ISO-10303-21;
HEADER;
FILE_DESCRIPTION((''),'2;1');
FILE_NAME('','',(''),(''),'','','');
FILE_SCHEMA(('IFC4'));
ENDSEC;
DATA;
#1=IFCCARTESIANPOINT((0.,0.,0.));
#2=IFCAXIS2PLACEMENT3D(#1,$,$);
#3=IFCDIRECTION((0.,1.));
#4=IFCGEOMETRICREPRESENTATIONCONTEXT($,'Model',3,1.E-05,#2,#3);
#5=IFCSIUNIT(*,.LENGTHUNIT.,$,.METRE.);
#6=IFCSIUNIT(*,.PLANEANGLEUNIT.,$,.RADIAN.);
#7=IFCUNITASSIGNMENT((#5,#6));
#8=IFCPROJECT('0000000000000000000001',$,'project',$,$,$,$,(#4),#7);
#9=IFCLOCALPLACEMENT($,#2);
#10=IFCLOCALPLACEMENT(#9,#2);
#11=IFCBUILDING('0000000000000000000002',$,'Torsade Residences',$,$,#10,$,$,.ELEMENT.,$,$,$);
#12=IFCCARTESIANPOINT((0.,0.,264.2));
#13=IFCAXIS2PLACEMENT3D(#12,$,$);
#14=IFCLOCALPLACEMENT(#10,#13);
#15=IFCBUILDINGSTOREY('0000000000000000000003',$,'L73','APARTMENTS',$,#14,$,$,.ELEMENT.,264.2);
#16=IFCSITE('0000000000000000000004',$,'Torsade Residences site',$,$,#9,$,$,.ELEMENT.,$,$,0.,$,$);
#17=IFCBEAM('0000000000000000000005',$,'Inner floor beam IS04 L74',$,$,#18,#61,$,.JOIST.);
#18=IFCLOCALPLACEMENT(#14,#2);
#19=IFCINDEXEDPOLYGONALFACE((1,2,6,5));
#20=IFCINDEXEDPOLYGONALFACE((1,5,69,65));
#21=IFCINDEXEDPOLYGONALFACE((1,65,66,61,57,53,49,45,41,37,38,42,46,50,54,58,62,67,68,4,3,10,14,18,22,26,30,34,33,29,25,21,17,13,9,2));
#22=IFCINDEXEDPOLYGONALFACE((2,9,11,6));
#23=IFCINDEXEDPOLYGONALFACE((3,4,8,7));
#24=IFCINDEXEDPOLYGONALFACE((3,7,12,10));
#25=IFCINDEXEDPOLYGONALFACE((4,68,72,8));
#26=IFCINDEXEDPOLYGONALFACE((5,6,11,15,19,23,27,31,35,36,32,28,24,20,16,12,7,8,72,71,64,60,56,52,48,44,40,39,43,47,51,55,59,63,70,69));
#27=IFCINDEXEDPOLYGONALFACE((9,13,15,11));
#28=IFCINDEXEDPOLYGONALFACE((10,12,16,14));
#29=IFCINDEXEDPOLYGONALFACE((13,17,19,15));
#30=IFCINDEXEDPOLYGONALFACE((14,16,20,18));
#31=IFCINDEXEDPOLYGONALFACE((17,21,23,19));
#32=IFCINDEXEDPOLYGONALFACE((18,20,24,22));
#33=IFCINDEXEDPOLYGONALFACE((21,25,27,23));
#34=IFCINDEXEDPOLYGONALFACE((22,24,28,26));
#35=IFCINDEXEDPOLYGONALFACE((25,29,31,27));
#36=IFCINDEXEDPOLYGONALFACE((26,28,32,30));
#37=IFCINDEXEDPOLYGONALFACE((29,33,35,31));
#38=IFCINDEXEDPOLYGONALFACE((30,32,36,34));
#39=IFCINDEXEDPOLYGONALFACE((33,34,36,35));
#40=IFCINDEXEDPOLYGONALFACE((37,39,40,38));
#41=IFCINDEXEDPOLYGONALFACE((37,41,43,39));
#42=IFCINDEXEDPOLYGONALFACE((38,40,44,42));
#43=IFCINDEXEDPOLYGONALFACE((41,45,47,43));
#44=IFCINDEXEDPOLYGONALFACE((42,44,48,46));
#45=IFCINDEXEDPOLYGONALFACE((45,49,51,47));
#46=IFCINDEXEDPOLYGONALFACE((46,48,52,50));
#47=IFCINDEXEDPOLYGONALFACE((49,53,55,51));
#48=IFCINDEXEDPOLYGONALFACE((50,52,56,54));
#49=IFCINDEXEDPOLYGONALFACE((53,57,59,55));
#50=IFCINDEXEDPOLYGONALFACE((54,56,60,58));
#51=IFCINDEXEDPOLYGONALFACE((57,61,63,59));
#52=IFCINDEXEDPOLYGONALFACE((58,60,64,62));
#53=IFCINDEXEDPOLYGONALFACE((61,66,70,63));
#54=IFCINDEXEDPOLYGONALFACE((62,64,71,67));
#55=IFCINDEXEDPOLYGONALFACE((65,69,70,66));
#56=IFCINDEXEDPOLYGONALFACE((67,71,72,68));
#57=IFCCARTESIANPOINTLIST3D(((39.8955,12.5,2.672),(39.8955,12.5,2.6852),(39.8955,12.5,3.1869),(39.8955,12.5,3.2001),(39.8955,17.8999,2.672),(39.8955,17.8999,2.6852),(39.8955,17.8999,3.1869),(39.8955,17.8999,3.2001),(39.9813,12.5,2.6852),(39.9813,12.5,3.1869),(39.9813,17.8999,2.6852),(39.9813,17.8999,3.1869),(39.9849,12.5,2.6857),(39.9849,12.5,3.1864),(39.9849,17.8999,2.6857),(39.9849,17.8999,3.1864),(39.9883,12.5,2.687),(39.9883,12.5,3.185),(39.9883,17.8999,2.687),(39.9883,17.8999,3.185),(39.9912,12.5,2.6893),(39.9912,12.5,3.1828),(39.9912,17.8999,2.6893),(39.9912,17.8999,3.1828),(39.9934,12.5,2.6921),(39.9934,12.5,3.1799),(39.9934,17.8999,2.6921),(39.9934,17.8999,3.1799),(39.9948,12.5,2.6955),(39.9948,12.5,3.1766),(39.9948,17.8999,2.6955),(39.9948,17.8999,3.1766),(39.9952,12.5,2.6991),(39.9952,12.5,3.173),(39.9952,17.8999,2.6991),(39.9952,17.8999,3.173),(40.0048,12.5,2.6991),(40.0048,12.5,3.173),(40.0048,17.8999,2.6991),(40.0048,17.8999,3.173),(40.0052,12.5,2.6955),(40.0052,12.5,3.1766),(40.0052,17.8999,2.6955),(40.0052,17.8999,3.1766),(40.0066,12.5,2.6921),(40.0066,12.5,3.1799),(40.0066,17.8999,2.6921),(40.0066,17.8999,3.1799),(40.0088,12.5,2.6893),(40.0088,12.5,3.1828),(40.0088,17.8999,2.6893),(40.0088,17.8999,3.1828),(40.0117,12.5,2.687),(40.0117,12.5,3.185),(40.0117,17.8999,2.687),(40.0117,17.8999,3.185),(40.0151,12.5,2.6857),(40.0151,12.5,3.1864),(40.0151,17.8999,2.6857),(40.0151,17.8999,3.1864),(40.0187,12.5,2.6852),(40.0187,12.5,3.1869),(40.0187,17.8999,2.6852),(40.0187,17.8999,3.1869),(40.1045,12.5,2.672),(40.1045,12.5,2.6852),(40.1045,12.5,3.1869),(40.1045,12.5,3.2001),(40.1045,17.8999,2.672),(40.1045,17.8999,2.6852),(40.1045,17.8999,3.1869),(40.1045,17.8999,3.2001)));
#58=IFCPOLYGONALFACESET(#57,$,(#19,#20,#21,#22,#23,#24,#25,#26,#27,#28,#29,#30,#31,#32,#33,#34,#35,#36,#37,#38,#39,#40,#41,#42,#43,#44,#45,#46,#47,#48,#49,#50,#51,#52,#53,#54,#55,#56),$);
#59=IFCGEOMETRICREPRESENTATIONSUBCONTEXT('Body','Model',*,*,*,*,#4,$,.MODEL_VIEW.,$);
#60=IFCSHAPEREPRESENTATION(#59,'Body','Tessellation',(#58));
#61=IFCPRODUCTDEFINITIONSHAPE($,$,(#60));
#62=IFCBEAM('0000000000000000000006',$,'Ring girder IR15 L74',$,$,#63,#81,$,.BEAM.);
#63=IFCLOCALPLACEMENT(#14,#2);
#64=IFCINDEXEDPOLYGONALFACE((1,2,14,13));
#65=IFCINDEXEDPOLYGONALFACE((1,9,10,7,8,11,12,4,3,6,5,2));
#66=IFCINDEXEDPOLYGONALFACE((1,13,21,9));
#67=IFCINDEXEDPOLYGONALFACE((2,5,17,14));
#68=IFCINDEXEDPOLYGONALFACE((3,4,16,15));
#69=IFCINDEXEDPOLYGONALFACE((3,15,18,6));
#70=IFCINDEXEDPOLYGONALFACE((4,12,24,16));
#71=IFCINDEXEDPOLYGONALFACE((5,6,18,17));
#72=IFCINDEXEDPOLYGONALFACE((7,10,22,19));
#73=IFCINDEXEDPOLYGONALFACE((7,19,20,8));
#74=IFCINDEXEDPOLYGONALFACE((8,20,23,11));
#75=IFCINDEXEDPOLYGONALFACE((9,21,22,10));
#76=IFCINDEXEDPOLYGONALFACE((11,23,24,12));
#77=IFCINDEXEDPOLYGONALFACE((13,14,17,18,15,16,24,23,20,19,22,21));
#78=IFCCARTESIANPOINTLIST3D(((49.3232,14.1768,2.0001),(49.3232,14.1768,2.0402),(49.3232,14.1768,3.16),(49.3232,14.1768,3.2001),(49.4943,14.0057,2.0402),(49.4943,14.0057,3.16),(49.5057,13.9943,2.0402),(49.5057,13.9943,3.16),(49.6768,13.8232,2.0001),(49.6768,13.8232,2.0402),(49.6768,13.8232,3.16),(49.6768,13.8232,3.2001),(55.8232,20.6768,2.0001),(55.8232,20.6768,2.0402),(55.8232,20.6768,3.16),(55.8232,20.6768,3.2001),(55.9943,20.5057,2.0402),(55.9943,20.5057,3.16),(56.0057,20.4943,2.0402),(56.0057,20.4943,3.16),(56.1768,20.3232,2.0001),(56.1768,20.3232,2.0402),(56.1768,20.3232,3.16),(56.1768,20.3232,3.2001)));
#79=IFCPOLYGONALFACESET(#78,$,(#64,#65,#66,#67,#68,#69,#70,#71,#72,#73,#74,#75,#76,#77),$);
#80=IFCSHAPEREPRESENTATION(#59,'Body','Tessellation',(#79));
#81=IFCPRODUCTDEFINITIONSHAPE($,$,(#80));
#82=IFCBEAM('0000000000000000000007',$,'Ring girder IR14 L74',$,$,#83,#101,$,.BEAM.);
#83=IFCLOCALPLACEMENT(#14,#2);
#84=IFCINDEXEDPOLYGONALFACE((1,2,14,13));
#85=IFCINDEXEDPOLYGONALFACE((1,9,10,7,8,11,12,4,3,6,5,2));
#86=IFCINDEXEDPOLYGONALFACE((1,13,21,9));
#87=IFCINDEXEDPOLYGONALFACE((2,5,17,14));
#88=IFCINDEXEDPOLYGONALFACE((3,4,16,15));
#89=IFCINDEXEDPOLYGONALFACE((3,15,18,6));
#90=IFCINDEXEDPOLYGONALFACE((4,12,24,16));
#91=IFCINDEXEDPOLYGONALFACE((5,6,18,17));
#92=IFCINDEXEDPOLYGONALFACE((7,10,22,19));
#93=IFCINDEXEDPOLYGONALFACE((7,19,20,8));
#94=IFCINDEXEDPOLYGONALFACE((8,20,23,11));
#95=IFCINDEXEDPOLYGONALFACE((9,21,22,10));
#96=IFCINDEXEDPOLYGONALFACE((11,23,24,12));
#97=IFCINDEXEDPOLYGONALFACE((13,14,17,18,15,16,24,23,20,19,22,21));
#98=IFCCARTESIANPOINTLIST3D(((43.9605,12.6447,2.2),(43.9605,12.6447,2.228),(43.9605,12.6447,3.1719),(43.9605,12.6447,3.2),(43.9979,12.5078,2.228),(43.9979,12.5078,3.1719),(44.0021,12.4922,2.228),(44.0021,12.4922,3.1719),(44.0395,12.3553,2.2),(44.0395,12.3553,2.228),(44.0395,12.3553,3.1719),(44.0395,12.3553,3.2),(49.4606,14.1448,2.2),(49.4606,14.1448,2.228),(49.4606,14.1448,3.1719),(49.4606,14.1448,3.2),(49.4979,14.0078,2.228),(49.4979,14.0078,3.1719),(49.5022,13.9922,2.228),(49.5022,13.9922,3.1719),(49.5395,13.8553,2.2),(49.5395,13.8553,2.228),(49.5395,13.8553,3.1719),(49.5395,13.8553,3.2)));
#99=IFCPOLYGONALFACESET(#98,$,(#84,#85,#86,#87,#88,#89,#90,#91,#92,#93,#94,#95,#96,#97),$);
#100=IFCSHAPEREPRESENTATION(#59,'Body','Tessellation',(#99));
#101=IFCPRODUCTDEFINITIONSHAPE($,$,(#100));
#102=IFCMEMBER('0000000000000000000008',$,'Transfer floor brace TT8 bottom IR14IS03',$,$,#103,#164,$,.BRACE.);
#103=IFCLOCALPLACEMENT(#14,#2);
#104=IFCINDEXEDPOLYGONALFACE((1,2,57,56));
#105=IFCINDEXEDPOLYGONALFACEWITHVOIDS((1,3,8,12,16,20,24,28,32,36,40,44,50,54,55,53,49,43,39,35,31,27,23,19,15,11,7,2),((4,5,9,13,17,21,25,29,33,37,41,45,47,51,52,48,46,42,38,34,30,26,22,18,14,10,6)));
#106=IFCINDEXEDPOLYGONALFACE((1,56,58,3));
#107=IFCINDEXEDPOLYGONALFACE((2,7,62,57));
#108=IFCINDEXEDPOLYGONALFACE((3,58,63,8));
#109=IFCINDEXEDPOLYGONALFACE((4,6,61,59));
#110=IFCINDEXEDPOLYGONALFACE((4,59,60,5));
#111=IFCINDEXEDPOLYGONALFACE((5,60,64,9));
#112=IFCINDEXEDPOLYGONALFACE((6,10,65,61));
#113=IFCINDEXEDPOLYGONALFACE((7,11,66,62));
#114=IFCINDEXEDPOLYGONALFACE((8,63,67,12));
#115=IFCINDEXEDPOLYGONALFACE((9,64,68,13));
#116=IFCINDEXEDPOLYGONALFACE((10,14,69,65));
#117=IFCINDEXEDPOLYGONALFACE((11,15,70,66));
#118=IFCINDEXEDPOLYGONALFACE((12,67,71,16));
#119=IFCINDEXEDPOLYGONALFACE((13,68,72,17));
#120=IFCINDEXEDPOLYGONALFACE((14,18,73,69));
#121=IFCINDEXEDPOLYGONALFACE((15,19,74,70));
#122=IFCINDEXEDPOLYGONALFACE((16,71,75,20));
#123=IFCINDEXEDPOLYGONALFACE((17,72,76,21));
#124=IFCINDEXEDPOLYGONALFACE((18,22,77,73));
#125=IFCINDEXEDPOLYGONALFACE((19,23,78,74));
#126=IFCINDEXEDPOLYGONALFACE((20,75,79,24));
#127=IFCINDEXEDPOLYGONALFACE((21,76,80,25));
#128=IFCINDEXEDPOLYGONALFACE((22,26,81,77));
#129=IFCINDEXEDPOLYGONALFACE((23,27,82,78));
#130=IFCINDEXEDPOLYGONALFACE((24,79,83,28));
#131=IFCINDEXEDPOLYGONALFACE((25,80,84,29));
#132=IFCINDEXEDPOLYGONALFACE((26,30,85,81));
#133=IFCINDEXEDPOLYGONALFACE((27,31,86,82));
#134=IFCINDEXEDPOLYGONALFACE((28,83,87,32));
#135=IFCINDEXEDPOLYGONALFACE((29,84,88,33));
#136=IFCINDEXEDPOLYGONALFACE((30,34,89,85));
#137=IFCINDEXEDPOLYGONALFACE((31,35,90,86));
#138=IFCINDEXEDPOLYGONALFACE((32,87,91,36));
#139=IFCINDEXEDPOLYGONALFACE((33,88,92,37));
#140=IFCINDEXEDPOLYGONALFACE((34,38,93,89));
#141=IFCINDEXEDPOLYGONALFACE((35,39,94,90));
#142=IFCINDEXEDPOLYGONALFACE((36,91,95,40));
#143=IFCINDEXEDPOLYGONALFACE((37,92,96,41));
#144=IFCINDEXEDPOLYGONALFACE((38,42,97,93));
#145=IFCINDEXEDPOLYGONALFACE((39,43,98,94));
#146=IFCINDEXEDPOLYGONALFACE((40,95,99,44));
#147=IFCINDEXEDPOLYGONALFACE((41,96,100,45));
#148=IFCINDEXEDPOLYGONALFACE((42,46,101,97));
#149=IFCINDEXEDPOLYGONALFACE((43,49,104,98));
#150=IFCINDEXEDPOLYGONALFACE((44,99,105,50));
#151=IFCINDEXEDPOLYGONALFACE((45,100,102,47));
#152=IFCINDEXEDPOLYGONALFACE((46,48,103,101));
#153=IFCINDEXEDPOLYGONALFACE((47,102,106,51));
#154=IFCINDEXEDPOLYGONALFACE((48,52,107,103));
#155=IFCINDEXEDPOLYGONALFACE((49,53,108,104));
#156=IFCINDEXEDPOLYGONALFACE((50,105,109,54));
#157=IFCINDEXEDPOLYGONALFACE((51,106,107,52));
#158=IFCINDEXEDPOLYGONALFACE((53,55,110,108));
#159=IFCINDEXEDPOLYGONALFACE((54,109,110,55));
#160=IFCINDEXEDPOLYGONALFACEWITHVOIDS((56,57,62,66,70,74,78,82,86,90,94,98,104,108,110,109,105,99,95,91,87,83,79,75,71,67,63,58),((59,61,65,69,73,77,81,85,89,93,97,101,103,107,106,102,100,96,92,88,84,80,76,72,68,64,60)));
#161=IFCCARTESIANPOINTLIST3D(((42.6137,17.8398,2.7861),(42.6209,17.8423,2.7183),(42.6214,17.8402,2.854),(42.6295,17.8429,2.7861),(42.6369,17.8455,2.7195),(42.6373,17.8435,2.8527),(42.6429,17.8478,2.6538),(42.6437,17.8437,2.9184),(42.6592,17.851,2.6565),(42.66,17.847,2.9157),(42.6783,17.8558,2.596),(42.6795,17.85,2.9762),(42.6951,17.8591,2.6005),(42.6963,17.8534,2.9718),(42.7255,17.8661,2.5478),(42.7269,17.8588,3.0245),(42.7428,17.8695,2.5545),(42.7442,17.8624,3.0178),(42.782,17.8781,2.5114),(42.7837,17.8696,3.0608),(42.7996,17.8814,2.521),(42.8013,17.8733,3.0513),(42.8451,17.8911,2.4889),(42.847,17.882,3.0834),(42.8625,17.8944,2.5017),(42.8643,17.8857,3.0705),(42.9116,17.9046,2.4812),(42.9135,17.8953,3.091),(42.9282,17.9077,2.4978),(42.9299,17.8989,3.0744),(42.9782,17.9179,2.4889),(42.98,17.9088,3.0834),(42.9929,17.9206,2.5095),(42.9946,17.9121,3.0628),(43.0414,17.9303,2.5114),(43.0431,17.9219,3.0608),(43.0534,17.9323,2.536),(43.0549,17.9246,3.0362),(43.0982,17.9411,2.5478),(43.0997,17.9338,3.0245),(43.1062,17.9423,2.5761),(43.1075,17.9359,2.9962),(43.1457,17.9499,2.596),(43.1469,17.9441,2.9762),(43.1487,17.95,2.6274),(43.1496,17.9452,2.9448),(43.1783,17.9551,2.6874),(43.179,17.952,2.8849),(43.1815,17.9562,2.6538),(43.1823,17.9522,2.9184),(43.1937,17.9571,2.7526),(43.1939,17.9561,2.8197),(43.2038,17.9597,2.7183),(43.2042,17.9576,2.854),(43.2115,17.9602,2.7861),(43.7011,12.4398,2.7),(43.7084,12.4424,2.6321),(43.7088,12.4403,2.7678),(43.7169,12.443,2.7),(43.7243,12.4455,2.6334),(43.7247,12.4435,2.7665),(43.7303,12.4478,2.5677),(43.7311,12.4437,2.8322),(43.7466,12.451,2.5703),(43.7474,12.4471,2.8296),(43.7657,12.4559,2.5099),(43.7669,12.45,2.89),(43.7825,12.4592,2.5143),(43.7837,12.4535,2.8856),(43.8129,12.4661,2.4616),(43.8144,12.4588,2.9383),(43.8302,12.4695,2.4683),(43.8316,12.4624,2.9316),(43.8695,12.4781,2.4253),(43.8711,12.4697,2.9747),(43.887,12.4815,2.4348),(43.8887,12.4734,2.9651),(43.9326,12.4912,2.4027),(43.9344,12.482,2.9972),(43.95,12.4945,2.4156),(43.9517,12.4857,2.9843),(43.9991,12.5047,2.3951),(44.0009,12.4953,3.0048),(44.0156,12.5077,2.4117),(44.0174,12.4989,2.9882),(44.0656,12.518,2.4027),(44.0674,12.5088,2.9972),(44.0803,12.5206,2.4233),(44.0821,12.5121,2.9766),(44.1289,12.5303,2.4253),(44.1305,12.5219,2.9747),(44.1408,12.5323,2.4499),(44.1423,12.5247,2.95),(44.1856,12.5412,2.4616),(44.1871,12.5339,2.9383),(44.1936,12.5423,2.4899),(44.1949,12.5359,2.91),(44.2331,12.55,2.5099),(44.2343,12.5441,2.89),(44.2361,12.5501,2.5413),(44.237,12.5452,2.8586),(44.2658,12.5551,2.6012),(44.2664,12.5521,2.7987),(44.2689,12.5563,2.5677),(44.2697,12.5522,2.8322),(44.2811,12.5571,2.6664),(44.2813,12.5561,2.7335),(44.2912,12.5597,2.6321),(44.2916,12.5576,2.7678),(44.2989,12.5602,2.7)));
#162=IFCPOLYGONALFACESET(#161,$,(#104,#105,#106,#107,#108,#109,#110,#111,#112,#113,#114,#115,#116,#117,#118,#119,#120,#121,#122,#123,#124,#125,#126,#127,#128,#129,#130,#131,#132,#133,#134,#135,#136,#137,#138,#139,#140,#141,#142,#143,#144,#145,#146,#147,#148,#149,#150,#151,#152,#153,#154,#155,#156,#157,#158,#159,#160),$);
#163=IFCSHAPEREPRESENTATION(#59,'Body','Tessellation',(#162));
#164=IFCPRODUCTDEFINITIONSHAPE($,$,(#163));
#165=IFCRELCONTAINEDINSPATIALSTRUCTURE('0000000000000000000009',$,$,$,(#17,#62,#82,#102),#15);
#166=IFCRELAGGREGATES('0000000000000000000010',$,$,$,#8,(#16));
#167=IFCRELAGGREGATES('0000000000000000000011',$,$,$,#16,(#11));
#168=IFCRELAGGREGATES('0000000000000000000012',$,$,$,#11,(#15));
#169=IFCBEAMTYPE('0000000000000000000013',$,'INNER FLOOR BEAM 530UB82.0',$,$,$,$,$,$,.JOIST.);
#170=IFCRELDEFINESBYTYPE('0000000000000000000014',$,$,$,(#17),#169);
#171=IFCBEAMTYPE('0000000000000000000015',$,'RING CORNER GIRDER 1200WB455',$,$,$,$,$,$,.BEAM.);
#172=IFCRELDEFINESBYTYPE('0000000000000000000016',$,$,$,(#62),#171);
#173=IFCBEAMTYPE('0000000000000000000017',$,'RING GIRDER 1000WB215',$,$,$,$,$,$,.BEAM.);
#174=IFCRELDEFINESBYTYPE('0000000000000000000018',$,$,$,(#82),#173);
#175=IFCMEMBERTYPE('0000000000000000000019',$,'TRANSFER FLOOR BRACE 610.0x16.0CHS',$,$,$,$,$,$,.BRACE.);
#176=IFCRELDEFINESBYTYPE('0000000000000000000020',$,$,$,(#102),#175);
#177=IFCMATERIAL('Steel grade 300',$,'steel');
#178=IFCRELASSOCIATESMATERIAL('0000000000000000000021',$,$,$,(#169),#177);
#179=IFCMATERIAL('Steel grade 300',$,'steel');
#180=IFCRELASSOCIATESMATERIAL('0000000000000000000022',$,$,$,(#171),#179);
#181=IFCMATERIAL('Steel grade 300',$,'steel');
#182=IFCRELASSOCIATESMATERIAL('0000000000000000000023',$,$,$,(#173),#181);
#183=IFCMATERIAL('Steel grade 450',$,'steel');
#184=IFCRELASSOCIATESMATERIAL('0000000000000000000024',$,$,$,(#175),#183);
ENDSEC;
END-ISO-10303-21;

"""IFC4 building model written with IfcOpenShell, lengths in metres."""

from ifc_helpers import new_model, si_unit, direction, frame, origin, origin_2d, place, context, subcontext, project, spatial, hollow_circle, i_section, extrude, material, material_profile, profile_set, type_object, element, save


model = new_model("IFC4")

# Units and contexts
model_context = context("Model", 3, precision=1e-05, world=origin(), true_north=direction((0.0, 1.0)))
body_context = subcontext(model_context, "Body", "Model", "MODEL_VIEW")
ifc_project = project(units=[si_unit("LENGTHUNIT", "METRE"), si_unit("PLANEANGLEUNIT", "RADIAN")], contexts=[model_context])

# Site, building, storey
site_placement = place(None, origin())
site = spatial("IfcSite", under=ifc_project, at=site_placement, Name="Torsade Residences site", CompositionType="ELEMENT", RefElevation=0.0)
building_placement = place(site_placement, origin())
building = spatial("IfcBuilding", under=site, at=building_placement, Name="Torsade Residences", CompositionType="ELEMENT")
storey_placement = place(building_placement, frame((0.0, 0.0, 264.2)))
storey = spatial("IfcBuildingStorey", under=building, at=storey_placement, Name="L73", Description="APARTMENTS", CompositionType="ELEMENT", Elevation=264.2)

# Beams
ifc_material_1 = material(Name="Steel grade 300", Category="steel")
ifc_material_profile_1 = material_profile(ifc_material_1, i_section(OverallWidth=0.209, OverallDepth=0.5281, WebThickness=0.0095, FlangeThickness=0.0132, FilletRadius=0.0139, at=origin_2d()), Name="530UB82.0")
ifc_profile_set_1 = profile_set([ifc_material_profile_1], Name="Steel grade 300")
beam_type_1 = type_object("IfcBeamType", Name="INNER FLOOR BEAM 530UB82.0", PredefinedType="JOIST", material=ifc_profile_set_1)
for number, where, z_axis, x_axis, name in (
    (1, (40.0, 17.8999, 2.936), (0.0, -1.0, 0.0), (1.0, 0.0, 0.0), "Inner floor beam IS04 L74"),
):
    element("IfcBeam", number, at=place(storey_placement, frame(where, z_axis=z_axis, x_axis=x_axis)), inside=storey, type_object=beam_type_1, Name=name, PredefinedType="JOIST", context=body_context, shape_type="SweptSolid", body=[
        extrude(i_section(OverallWidth=0.209, OverallDepth=0.5281, WebThickness=0.0095, FlangeThickness=0.0132, FilletRadius=0.0139, at=origin_2d()), origin(), (0.0, 0.0, 1.0), 5.3999),
    ])
ifc_material_2 = material(Name="Steel grade 300", Category="steel")
ifc_material_profile_2 = material_profile(ifc_material_2, i_section(OverallWidth=0.5, OverallDepth=1.2, WebThickness=0.0161, FlangeThickness=0.04, at=origin_2d()), Name="1200WB455")
ifc_profile_set_2 = profile_set([ifc_material_profile_2], Name="Steel grade 300")
beam_type_2 = type_object("IfcBeamType", Name="RING CORNER GIRDER 1200WB455", PredefinedType="BEAM", material=ifc_profile_set_2)
beam_1_placement = place(storey_placement, frame((49.5, 14.0, 2.6001), z_axis=(0.707107, 0.707107, 0.0), x_axis=(-0.707107, 0.707107, 0.0)))
element("IfcBeam", 2, at=beam_1_placement, inside=storey, type_object=beam_type_2, Name="Ring girder IR15 L74", PredefinedType="BEAM", context=body_context, shape_type="SweptSolid", body=[
    extrude(i_section(OverallWidth=0.5, OverallDepth=1.2, WebThickness=0.0161, FlangeThickness=0.04, at=origin_2d()), origin(), (0.0, 0.0, 1.0), 9.1924),
])
ifc_material_3 = material(Name="Steel grade 300", Category="steel")
ifc_material_profile_3 = material_profile(ifc_material_3, i_section(OverallWidth=0.3, OverallDepth=1.0, WebThickness=0.0161, FlangeThickness=0.0281, at=origin_2d()), Name="1000WB215")
ifc_profile_set_3 = profile_set([ifc_material_profile_3], Name="Steel grade 300")
beam_type_3 = type_object("IfcBeamType", Name="RING GIRDER 1000WB215", PredefinedType="BEAM", material=ifc_profile_set_3)
beam_2_placement = place(storey_placement, frame((44.0, 12.5, 2.7), z_axis=(0.964764, 0.263117, 0.0), x_axis=(-0.263117, 0.964764, 0.0)))
element("IfcBeam", 3, at=beam_2_placement, inside=storey, type_object=beam_type_3, Name="Ring girder IR14 L74", PredefinedType="BEAM", context=body_context, shape_type="SweptSolid", body=[
    extrude(i_section(OverallWidth=0.3, OverallDepth=1.0, WebThickness=0.0161, FlangeThickness=0.0281, at=origin_2d()), origin(), (0.0, 0.0, 1.0), 5.7009),
])

# Member
ifc_material_4 = material(Name="Steel grade 450", Category="steel")
ifc_material_profile_4 = material_profile(ifc_material_4, hollow_circle(Radius=0.3049, WallThickness=0.0161, at=origin_2d()), Name="610.0x16.0CHS")
ifc_profile_set_4 = profile_set([ifc_material_profile_4], Name="Steel grade 450")
member_type = type_object("IfcMemberType", Name="TRANSFER FLOOR BRACE 610.0x16.0CHS", PredefinedType="BRACE", material=ifc_profile_set_4)
member_1_placement = place(storey_placement, frame((44.0, 12.5, 2.7), z_axis=(-0.197387, 0.980201, 0.015644), x_axis=(-0.980321, -0.197412, 0.0)))
element("IfcMember", 4, at=member_1_placement, inside=storey, type_object=member_type, Name="Transfer floor brace TT8 bottom IR14IS03", PredefinedType="BRACE", context=body_context, shape_type="SweptSolid", body=[
    extrude(hollow_circle(Radius=0.3049, WallThickness=0.0161, at=origin_2d()), origin(), (0.0, 0.0, 1.0), 5.509),
])

save(model, "model.ifc")
